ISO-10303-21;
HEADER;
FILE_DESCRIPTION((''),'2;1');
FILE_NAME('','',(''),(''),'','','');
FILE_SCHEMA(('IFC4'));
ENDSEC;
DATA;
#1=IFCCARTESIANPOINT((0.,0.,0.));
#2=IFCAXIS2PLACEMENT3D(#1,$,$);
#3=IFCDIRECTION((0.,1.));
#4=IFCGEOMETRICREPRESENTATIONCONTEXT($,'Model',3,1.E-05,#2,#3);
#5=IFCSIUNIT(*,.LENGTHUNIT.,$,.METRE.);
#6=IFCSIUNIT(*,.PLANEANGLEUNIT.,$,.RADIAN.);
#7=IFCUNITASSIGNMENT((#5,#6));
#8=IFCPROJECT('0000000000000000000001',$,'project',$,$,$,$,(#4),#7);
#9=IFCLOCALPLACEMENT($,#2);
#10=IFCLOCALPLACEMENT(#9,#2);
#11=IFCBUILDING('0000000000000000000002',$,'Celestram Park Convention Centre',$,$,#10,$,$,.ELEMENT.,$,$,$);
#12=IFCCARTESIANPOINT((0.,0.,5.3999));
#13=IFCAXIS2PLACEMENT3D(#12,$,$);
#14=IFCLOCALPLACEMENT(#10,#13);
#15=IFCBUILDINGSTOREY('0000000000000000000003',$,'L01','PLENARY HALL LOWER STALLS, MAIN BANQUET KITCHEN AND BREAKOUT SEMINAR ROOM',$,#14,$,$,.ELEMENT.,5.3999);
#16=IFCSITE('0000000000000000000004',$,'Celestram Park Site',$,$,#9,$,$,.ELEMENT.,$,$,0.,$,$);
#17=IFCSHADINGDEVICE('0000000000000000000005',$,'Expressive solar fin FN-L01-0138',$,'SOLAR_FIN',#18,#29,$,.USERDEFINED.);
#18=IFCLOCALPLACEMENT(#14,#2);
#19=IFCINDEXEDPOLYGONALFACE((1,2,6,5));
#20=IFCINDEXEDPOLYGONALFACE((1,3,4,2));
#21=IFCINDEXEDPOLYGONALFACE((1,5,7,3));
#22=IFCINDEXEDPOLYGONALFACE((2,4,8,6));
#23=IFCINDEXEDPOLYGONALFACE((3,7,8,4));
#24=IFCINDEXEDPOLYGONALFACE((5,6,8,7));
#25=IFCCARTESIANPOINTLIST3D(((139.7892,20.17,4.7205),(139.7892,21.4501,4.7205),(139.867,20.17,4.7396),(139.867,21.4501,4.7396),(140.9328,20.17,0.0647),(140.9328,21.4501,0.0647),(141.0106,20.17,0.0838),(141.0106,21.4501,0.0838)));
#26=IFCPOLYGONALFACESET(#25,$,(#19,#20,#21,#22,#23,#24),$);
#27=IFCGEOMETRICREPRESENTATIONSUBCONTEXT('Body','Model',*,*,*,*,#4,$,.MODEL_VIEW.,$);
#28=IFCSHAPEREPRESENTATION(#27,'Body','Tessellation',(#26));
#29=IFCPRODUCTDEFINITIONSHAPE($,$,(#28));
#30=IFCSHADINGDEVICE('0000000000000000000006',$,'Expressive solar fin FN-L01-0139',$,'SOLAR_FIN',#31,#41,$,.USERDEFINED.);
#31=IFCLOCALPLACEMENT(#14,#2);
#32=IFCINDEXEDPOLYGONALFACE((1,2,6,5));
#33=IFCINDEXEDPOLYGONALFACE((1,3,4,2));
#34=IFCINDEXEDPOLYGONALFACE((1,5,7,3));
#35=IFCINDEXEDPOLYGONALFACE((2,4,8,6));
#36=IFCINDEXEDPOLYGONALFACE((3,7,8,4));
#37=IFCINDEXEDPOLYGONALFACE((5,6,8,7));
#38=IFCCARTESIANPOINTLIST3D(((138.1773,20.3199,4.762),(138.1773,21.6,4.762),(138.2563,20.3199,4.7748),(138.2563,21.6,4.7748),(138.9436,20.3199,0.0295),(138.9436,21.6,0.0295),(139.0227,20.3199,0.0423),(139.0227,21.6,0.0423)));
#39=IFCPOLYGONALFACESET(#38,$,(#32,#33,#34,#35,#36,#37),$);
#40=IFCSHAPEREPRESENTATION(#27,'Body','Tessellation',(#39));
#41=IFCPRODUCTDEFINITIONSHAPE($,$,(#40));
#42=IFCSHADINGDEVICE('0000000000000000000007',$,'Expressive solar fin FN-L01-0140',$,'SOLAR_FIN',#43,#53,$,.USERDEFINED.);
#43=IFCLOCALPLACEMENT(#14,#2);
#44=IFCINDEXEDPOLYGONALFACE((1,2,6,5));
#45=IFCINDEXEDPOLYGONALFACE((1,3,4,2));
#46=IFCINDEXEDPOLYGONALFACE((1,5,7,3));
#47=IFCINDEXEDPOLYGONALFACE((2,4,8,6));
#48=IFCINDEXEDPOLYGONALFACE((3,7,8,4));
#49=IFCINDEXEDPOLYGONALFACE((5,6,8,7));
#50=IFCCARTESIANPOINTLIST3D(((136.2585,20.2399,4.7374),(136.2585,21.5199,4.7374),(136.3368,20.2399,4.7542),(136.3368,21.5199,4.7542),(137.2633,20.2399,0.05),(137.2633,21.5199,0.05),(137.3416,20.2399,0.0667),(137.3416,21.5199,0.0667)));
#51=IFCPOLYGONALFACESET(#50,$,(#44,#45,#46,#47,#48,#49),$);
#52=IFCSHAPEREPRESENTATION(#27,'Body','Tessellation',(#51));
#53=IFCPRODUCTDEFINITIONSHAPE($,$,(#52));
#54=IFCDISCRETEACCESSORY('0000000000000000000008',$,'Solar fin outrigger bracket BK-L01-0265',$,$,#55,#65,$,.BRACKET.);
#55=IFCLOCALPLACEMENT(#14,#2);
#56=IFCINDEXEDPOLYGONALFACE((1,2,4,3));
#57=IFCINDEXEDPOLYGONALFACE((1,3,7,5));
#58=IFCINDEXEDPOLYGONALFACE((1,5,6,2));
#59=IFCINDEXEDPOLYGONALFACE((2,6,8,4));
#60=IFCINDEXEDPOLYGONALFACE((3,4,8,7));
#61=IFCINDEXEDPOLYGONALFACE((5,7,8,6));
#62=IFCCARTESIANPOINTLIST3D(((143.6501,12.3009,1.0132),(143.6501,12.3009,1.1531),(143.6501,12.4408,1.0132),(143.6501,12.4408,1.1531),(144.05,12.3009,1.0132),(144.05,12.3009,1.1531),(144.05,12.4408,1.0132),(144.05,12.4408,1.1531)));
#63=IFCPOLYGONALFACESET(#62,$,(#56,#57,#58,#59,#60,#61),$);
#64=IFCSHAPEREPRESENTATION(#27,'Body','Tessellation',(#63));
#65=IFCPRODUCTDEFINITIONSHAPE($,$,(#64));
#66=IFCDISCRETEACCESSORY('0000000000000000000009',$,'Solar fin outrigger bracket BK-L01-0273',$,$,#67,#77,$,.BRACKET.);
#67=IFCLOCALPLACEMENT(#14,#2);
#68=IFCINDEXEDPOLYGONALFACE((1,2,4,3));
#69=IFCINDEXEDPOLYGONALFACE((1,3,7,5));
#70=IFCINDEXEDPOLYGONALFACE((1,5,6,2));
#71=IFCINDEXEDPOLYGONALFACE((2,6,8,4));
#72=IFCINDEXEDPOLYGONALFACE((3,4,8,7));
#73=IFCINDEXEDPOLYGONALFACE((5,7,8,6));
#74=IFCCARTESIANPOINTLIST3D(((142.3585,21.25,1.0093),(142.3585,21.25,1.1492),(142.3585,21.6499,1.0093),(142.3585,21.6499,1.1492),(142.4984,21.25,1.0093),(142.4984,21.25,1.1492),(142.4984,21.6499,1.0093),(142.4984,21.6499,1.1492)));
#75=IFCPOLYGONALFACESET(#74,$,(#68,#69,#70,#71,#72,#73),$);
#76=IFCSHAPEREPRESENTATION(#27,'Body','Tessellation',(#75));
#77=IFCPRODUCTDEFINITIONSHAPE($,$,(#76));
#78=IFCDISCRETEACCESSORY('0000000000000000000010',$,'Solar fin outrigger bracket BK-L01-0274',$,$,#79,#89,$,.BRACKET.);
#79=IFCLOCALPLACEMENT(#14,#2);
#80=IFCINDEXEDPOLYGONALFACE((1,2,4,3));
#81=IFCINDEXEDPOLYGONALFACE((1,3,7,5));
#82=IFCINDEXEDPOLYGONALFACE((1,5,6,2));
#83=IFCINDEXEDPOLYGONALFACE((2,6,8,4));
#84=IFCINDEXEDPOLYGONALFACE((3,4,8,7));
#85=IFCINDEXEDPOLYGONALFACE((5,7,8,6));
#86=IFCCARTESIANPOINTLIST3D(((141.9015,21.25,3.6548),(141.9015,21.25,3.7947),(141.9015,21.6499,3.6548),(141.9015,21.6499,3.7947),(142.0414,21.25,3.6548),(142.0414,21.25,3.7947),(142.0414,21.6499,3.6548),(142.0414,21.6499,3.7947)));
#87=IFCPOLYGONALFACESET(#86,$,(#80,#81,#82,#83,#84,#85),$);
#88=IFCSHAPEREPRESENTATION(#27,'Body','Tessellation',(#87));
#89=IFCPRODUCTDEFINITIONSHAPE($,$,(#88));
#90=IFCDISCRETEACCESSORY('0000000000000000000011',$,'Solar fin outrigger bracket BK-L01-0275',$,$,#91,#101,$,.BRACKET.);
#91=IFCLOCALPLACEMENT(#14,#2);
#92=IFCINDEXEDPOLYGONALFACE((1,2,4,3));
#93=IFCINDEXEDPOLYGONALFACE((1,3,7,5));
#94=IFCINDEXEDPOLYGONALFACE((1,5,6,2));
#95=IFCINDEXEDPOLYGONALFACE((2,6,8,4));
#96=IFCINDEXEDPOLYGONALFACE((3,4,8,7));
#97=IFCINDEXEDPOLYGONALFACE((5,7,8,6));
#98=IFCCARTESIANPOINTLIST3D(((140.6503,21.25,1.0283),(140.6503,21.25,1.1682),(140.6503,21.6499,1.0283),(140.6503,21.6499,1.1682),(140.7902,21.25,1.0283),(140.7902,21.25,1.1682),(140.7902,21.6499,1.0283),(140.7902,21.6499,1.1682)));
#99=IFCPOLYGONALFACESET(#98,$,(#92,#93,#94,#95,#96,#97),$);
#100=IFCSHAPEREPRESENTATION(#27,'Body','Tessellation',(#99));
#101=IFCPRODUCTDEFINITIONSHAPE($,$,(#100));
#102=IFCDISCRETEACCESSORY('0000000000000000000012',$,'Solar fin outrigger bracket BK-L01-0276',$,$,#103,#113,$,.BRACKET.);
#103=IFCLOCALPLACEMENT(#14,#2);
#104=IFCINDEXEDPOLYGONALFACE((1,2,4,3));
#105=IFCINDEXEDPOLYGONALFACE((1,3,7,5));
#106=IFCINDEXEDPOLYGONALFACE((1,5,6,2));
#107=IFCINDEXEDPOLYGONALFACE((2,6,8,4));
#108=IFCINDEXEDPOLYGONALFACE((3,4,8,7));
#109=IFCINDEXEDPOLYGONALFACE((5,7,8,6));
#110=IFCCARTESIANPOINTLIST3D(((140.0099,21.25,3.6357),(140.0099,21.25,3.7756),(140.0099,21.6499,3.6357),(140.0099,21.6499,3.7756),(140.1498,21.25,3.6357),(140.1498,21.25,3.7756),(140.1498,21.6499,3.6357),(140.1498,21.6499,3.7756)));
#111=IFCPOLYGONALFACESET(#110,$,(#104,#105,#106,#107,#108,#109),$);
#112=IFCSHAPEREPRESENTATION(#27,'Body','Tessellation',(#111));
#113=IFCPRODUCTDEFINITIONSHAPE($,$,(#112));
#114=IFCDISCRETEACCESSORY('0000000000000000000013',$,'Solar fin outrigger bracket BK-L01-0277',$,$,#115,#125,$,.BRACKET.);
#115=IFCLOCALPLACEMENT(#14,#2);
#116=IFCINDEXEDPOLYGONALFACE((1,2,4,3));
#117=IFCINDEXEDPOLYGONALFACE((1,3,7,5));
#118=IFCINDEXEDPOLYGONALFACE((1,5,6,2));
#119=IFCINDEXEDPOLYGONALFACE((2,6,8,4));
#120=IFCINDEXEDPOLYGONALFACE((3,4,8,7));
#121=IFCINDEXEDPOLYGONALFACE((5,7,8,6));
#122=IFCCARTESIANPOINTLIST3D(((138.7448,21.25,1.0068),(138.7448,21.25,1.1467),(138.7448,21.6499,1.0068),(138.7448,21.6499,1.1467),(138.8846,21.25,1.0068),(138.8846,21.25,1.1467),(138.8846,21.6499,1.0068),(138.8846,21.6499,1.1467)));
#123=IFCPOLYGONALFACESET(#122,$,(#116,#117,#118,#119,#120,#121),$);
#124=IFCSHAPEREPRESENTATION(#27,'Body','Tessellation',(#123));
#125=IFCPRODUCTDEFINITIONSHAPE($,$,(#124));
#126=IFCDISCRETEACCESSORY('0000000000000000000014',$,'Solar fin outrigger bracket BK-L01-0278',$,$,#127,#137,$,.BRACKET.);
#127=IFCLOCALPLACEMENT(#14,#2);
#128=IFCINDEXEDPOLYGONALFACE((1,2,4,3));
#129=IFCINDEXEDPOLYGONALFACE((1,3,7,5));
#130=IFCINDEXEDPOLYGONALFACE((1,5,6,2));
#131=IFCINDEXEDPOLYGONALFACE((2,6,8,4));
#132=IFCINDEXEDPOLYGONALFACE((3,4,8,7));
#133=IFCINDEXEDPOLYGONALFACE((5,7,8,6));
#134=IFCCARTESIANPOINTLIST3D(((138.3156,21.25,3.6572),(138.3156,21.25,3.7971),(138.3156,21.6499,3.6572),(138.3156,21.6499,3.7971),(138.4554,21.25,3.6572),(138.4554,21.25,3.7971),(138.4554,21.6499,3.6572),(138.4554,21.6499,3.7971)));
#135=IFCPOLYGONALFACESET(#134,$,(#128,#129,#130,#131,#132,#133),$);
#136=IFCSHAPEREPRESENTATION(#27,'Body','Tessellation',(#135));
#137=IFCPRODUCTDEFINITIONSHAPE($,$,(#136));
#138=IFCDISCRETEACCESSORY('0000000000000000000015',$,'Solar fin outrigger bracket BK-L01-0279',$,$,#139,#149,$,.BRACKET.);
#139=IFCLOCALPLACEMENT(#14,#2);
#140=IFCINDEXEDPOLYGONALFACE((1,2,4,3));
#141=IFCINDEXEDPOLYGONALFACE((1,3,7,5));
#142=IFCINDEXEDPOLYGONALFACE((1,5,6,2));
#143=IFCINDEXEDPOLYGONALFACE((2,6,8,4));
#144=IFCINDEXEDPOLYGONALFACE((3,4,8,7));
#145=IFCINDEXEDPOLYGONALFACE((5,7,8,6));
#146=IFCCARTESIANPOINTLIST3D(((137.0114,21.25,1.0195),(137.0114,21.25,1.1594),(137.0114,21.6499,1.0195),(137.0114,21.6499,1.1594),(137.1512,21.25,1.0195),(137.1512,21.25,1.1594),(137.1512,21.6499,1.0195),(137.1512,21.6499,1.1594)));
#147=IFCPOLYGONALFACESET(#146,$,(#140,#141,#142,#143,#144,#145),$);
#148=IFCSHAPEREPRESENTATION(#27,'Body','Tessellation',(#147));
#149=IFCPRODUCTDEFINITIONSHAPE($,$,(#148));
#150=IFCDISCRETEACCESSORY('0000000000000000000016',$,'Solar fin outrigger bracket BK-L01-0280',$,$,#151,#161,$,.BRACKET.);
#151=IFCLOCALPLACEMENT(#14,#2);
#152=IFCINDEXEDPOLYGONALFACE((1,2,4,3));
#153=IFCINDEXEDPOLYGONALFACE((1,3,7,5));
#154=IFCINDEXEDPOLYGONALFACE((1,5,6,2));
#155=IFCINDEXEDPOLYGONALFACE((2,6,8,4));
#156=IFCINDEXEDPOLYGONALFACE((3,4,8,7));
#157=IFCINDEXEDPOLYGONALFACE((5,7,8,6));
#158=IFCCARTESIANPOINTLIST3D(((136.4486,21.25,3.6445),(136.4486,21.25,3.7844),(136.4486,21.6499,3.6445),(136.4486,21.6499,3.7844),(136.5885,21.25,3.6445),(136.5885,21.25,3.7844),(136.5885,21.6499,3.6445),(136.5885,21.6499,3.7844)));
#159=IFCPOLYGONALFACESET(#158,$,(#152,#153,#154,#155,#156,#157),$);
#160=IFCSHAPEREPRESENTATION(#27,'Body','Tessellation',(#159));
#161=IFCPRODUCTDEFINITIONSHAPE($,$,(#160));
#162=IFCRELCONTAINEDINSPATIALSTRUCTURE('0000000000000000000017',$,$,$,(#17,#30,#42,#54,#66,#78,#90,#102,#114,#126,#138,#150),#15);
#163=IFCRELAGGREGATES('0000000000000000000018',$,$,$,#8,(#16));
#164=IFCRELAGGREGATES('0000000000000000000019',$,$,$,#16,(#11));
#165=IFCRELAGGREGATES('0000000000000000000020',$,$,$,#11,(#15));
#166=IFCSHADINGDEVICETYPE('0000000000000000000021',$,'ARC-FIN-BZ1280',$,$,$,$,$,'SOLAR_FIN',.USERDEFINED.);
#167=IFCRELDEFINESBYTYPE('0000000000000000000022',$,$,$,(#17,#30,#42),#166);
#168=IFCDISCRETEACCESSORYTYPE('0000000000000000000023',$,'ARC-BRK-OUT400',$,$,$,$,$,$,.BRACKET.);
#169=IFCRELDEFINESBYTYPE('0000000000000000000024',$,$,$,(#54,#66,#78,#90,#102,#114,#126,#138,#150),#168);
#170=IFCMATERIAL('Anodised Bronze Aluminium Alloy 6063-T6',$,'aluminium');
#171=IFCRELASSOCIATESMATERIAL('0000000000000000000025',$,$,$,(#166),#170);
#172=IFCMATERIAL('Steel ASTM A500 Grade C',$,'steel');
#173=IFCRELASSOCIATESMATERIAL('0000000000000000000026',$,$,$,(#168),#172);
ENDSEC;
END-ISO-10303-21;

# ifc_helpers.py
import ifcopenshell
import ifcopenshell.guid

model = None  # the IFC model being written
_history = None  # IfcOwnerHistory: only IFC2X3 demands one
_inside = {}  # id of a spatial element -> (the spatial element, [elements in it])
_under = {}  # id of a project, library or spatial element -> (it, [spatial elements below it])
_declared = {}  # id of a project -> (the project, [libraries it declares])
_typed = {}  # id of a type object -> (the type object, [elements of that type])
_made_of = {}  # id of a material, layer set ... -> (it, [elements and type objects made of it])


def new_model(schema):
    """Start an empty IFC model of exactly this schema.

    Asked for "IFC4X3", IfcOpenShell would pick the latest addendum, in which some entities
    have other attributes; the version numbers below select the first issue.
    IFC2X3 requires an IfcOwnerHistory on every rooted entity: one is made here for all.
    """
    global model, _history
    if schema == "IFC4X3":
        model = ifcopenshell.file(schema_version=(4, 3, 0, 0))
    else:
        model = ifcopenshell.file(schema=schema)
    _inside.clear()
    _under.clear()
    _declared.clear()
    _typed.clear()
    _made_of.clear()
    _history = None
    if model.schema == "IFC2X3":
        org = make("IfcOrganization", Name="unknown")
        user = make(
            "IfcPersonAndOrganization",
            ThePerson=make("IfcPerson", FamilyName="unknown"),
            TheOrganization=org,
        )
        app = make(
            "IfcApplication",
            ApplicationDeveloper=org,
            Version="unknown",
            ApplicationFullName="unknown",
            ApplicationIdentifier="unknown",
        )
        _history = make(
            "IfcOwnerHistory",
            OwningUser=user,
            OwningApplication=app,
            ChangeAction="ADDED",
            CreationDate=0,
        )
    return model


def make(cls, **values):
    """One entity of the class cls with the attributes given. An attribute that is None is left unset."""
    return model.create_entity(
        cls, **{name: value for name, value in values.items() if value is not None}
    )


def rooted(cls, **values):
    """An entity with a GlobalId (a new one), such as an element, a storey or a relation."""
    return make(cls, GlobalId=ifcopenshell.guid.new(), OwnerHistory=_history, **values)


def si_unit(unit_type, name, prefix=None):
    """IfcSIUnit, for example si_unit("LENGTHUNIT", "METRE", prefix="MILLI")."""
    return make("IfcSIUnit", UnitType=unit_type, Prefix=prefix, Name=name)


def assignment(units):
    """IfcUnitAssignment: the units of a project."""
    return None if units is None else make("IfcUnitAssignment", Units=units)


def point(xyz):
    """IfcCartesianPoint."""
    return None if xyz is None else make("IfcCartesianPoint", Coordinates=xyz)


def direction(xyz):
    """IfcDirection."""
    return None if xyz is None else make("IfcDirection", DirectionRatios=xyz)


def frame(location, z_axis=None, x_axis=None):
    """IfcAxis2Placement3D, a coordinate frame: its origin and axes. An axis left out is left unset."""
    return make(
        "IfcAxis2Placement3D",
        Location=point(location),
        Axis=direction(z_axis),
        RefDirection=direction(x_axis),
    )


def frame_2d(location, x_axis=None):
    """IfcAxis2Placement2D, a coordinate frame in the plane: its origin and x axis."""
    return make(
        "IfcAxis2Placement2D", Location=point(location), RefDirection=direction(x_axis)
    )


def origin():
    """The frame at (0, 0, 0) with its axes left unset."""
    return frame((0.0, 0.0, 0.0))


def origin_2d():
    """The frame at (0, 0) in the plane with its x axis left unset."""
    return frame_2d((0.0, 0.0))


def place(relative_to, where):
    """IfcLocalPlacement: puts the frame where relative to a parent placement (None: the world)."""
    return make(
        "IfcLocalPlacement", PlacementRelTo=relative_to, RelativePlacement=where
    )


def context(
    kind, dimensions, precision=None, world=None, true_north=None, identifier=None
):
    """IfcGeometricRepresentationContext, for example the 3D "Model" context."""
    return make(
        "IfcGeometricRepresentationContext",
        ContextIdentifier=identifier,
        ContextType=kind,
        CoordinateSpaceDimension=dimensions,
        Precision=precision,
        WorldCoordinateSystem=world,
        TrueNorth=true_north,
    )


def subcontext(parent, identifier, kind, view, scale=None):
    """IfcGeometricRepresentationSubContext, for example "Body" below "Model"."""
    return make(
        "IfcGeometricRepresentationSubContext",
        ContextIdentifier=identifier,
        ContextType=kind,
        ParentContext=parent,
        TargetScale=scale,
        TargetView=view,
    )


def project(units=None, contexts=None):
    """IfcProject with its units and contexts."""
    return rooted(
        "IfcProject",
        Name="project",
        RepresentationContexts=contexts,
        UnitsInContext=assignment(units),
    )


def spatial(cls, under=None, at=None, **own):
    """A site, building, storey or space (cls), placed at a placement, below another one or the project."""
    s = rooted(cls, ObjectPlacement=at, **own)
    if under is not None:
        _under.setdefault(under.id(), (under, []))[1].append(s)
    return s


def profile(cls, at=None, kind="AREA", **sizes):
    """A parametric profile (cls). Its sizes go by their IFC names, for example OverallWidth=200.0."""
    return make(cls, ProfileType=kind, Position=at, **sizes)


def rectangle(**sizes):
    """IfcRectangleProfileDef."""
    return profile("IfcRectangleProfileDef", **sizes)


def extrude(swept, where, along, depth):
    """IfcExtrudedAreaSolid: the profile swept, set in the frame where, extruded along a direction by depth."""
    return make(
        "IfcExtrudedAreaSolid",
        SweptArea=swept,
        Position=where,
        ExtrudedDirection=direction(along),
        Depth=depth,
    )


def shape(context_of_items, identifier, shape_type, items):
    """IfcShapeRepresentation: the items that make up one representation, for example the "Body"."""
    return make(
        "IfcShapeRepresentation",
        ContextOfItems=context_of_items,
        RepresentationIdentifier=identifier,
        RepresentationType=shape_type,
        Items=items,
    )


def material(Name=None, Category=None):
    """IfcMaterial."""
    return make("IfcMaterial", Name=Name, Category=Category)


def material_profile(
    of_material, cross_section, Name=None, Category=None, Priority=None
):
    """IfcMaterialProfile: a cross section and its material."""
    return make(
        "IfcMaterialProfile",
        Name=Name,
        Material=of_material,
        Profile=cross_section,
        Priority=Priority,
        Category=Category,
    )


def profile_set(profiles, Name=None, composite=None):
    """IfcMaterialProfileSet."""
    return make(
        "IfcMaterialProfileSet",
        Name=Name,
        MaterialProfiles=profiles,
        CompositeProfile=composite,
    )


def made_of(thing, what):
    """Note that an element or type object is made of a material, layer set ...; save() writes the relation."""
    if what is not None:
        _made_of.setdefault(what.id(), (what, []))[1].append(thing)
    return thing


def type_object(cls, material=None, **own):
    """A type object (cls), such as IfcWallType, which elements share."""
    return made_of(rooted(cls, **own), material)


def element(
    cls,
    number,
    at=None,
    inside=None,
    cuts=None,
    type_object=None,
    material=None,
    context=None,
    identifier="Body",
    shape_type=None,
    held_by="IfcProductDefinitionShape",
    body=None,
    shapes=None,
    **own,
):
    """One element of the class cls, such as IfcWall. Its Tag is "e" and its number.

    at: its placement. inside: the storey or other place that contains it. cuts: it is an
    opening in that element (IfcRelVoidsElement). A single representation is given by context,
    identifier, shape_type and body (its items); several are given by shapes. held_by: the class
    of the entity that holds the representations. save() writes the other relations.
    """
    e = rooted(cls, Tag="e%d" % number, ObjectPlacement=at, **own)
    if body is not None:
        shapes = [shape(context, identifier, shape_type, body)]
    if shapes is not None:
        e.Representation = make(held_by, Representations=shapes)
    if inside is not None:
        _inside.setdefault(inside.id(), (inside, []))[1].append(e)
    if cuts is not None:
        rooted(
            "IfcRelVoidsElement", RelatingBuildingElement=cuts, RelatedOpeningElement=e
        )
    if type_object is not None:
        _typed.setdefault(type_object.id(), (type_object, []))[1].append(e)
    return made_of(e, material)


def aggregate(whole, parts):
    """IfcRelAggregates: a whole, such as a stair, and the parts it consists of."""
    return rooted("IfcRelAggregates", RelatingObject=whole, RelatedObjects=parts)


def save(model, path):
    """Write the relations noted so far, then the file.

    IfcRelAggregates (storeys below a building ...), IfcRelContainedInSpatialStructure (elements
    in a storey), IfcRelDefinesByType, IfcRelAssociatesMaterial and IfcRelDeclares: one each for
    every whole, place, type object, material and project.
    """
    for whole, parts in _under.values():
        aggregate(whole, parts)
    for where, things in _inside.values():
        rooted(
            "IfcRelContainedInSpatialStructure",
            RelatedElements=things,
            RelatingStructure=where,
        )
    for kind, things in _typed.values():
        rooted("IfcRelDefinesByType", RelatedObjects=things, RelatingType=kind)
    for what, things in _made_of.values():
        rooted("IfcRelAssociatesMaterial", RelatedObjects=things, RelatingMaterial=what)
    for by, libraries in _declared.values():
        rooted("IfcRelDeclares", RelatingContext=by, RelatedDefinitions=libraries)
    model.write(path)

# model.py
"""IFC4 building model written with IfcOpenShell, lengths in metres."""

from ifc_helpers import new_model, si_unit, direction, frame, origin, origin_2d, place, context, subcontext, project, spatial, rectangle, extrude, material, material_profile, profile_set, type_object, element, save


model = new_model("IFC4")

# Units and contexts
model_context = context("Model", 3, precision=1e-05, world=origin(), true_north=direction((0.0, 1.0)))
body_context = subcontext(model_context, "Body", "Model", "MODEL_VIEW")
ifc_project = project(units=[si_unit("LENGTHUNIT", "METRE"), si_unit("PLANEANGLEUNIT", "RADIAN")], contexts=[model_context])

# Site, building, storey
site_placement = place(None, origin())
site = spatial("IfcSite", under=ifc_project, at=site_placement, Name="Celestram Park Site", CompositionType="ELEMENT", RefElevation=0.0)
building_placement = place(site_placement, origin())
building = spatial("IfcBuilding", under=site, at=building_placement, Name="Celestram Park Convention Centre", CompositionType="ELEMENT")
storey_placement = place(building_placement, frame((0.0, 0.0, 5.3999)))
storey = spatial("IfcBuildingStorey", under=building, at=storey_placement, Name="L01", Description="PLENARY HALL LOWER STALLS, MAIN BANQUET KITCHEN AND BREAKOUT SEMINAR ROOM", CompositionType="ELEMENT", Elevation=5.3999)

# Shading devices
ifc_material_1 = material(Name="Anodised Bronze Aluminium Alloy 6063-T6", Category="aluminium")
ifc_material_profile_1 = material_profile(ifc_material_1, rectangle(XDim=1.28, YDim=0.0801, at=origin_2d()), Name="FIN1280X80")
ifc_profile_set_1 = profile_set([ifc_material_profile_1], Name="Anodised Bronze Aluminium Alloy 6063-T6")
shading_device_type = type_object("IfcShadingDeviceType", Name="ARC-FIN-BZ1280", ElementType="SOLAR_FIN", PredefinedType="USERDEFINED", material=ifc_profile_set_1)
for number, where, z_axis, x_axis, name in (
    (1, (140.9717, 20.8101, 0.0742), (-0.238531, 0.0, 0.971135), (0.0, -1.0, 0.0), "Expressive solar fin FN-L01-0138"),
    (2, (138.9832, 20.96, 0.0359), (-0.159855, 0.0, 0.98714), (0.0, -1.0, 0.0), "Expressive solar fin FN-L01-0139"),
):
    element("IfcShadingDevice", number, at=place(storey_placement, frame(where, z_axis=z_axis, x_axis=x_axis)), inside=storey, type_object=shading_device_type, Name=name, ObjectType="SOLAR_FIN", PredefinedType="USERDEFINED", context=body_context, shape_type="SweptSolid", body=[
        extrude(rectangle(XDim=1.28, YDim=0.0801, at=origin_2d()), origin(), (0.0, 0.0, 1.0), 4.7942),
    ])
shading_device_1_placement = place(storey_placement, frame((137.3025, 20.8799, 0.0583), z_axis=(-0.209613, 0.0, 0.977785), x_axis=(0.0, -1.0, 0.0)))
element("IfcShadingDevice", 3, at=shading_device_1_placement, inside=storey, type_object=shading_device_type, Name="Expressive solar fin FN-L01-0140", ObjectType="SOLAR_FIN", PredefinedType="USERDEFINED", context=body_context, shape_type="SweptSolid", body=[
    extrude(rectangle(XDim=1.28, YDim=0.0801, at=origin_2d()), origin(), (0.0, 0.0, 1.0), 4.7939),
])

# Discrete accessories
ifc_material_2 = material(Name="Steel ASTM A500 Grade C", Category="steel")
discrete_accessory_type = type_object("IfcDiscreteAccessoryType", Name="ARC-BRK-OUT400", PredefinedType="BRACKET", material=ifc_material_2)
for number, where, z_axis, x_axis, name in (
    (4, (143.8501, 12.3708, 1.0132), (0.0, 0.0, 1.0), (-1.0, 0.0, 0.0), "Solar fin outrigger bracket BK-L01-0265"),
    (5, (142.4285, 21.45, 1.0093), (0.0, 0.0, 1.0), (0.0, -1.0, 0.0), "Solar fin outrigger bracket BK-L01-0273"),
    (6, (141.9714, 21.45, 3.6548), (0.0, 0.0, 1.0), (0.0, -1.0, 0.0), "Solar fin outrigger bracket BK-L01-0274"),
    (7, (140.7202, 21.45, 1.0283), (0.0, 0.0, 1.0), (0.0, -1.0, 0.0), "Solar fin outrigger bracket BK-L01-0275"),
    (8, (140.0798, 21.45, 3.6357), (0.0, 0.0, 1.0), (0.0, -1.0, 0.0), "Solar fin outrigger bracket BK-L01-0276"),
    (9, (138.8147, 21.45, 1.0068), (0.0, 0.0, 1.0), (0.0, -1.0, 0.0), "Solar fin outrigger bracket BK-L01-0277"),
    (10, (138.3855, 21.45, 3.6572), (0.0, 0.0, 1.0), (0.0, -1.0, 0.0), "Solar fin outrigger bracket BK-L01-0278"),
    (11, (137.0813, 21.45, 1.0195), (0.0, 0.0, 1.0), (0.0, -1.0, 0.0), "Solar fin outrigger bracket BK-L01-0279"),
    (12, (136.5186, 21.45, 3.6445), (0.0, 0.0, 1.0), (0.0, -1.0, 0.0), "Solar fin outrigger bracket BK-L01-0280"),
):
    element("IfcDiscreteAccessory", number, at=place(storey_placement, frame(where, z_axis=z_axis, x_axis=x_axis)), inside=storey, type_object=discrete_accessory_type, Name=name, PredefinedType="BRACKET", context=body_context, shape_type="SweptSolid", body=[
        extrude(rectangle(XDim=0.3999, YDim=0.1399, at=origin_2d()), origin(), (0.0, 0.0, 1.0), 0.1399),
    ])

save(model, "model.ifc")
